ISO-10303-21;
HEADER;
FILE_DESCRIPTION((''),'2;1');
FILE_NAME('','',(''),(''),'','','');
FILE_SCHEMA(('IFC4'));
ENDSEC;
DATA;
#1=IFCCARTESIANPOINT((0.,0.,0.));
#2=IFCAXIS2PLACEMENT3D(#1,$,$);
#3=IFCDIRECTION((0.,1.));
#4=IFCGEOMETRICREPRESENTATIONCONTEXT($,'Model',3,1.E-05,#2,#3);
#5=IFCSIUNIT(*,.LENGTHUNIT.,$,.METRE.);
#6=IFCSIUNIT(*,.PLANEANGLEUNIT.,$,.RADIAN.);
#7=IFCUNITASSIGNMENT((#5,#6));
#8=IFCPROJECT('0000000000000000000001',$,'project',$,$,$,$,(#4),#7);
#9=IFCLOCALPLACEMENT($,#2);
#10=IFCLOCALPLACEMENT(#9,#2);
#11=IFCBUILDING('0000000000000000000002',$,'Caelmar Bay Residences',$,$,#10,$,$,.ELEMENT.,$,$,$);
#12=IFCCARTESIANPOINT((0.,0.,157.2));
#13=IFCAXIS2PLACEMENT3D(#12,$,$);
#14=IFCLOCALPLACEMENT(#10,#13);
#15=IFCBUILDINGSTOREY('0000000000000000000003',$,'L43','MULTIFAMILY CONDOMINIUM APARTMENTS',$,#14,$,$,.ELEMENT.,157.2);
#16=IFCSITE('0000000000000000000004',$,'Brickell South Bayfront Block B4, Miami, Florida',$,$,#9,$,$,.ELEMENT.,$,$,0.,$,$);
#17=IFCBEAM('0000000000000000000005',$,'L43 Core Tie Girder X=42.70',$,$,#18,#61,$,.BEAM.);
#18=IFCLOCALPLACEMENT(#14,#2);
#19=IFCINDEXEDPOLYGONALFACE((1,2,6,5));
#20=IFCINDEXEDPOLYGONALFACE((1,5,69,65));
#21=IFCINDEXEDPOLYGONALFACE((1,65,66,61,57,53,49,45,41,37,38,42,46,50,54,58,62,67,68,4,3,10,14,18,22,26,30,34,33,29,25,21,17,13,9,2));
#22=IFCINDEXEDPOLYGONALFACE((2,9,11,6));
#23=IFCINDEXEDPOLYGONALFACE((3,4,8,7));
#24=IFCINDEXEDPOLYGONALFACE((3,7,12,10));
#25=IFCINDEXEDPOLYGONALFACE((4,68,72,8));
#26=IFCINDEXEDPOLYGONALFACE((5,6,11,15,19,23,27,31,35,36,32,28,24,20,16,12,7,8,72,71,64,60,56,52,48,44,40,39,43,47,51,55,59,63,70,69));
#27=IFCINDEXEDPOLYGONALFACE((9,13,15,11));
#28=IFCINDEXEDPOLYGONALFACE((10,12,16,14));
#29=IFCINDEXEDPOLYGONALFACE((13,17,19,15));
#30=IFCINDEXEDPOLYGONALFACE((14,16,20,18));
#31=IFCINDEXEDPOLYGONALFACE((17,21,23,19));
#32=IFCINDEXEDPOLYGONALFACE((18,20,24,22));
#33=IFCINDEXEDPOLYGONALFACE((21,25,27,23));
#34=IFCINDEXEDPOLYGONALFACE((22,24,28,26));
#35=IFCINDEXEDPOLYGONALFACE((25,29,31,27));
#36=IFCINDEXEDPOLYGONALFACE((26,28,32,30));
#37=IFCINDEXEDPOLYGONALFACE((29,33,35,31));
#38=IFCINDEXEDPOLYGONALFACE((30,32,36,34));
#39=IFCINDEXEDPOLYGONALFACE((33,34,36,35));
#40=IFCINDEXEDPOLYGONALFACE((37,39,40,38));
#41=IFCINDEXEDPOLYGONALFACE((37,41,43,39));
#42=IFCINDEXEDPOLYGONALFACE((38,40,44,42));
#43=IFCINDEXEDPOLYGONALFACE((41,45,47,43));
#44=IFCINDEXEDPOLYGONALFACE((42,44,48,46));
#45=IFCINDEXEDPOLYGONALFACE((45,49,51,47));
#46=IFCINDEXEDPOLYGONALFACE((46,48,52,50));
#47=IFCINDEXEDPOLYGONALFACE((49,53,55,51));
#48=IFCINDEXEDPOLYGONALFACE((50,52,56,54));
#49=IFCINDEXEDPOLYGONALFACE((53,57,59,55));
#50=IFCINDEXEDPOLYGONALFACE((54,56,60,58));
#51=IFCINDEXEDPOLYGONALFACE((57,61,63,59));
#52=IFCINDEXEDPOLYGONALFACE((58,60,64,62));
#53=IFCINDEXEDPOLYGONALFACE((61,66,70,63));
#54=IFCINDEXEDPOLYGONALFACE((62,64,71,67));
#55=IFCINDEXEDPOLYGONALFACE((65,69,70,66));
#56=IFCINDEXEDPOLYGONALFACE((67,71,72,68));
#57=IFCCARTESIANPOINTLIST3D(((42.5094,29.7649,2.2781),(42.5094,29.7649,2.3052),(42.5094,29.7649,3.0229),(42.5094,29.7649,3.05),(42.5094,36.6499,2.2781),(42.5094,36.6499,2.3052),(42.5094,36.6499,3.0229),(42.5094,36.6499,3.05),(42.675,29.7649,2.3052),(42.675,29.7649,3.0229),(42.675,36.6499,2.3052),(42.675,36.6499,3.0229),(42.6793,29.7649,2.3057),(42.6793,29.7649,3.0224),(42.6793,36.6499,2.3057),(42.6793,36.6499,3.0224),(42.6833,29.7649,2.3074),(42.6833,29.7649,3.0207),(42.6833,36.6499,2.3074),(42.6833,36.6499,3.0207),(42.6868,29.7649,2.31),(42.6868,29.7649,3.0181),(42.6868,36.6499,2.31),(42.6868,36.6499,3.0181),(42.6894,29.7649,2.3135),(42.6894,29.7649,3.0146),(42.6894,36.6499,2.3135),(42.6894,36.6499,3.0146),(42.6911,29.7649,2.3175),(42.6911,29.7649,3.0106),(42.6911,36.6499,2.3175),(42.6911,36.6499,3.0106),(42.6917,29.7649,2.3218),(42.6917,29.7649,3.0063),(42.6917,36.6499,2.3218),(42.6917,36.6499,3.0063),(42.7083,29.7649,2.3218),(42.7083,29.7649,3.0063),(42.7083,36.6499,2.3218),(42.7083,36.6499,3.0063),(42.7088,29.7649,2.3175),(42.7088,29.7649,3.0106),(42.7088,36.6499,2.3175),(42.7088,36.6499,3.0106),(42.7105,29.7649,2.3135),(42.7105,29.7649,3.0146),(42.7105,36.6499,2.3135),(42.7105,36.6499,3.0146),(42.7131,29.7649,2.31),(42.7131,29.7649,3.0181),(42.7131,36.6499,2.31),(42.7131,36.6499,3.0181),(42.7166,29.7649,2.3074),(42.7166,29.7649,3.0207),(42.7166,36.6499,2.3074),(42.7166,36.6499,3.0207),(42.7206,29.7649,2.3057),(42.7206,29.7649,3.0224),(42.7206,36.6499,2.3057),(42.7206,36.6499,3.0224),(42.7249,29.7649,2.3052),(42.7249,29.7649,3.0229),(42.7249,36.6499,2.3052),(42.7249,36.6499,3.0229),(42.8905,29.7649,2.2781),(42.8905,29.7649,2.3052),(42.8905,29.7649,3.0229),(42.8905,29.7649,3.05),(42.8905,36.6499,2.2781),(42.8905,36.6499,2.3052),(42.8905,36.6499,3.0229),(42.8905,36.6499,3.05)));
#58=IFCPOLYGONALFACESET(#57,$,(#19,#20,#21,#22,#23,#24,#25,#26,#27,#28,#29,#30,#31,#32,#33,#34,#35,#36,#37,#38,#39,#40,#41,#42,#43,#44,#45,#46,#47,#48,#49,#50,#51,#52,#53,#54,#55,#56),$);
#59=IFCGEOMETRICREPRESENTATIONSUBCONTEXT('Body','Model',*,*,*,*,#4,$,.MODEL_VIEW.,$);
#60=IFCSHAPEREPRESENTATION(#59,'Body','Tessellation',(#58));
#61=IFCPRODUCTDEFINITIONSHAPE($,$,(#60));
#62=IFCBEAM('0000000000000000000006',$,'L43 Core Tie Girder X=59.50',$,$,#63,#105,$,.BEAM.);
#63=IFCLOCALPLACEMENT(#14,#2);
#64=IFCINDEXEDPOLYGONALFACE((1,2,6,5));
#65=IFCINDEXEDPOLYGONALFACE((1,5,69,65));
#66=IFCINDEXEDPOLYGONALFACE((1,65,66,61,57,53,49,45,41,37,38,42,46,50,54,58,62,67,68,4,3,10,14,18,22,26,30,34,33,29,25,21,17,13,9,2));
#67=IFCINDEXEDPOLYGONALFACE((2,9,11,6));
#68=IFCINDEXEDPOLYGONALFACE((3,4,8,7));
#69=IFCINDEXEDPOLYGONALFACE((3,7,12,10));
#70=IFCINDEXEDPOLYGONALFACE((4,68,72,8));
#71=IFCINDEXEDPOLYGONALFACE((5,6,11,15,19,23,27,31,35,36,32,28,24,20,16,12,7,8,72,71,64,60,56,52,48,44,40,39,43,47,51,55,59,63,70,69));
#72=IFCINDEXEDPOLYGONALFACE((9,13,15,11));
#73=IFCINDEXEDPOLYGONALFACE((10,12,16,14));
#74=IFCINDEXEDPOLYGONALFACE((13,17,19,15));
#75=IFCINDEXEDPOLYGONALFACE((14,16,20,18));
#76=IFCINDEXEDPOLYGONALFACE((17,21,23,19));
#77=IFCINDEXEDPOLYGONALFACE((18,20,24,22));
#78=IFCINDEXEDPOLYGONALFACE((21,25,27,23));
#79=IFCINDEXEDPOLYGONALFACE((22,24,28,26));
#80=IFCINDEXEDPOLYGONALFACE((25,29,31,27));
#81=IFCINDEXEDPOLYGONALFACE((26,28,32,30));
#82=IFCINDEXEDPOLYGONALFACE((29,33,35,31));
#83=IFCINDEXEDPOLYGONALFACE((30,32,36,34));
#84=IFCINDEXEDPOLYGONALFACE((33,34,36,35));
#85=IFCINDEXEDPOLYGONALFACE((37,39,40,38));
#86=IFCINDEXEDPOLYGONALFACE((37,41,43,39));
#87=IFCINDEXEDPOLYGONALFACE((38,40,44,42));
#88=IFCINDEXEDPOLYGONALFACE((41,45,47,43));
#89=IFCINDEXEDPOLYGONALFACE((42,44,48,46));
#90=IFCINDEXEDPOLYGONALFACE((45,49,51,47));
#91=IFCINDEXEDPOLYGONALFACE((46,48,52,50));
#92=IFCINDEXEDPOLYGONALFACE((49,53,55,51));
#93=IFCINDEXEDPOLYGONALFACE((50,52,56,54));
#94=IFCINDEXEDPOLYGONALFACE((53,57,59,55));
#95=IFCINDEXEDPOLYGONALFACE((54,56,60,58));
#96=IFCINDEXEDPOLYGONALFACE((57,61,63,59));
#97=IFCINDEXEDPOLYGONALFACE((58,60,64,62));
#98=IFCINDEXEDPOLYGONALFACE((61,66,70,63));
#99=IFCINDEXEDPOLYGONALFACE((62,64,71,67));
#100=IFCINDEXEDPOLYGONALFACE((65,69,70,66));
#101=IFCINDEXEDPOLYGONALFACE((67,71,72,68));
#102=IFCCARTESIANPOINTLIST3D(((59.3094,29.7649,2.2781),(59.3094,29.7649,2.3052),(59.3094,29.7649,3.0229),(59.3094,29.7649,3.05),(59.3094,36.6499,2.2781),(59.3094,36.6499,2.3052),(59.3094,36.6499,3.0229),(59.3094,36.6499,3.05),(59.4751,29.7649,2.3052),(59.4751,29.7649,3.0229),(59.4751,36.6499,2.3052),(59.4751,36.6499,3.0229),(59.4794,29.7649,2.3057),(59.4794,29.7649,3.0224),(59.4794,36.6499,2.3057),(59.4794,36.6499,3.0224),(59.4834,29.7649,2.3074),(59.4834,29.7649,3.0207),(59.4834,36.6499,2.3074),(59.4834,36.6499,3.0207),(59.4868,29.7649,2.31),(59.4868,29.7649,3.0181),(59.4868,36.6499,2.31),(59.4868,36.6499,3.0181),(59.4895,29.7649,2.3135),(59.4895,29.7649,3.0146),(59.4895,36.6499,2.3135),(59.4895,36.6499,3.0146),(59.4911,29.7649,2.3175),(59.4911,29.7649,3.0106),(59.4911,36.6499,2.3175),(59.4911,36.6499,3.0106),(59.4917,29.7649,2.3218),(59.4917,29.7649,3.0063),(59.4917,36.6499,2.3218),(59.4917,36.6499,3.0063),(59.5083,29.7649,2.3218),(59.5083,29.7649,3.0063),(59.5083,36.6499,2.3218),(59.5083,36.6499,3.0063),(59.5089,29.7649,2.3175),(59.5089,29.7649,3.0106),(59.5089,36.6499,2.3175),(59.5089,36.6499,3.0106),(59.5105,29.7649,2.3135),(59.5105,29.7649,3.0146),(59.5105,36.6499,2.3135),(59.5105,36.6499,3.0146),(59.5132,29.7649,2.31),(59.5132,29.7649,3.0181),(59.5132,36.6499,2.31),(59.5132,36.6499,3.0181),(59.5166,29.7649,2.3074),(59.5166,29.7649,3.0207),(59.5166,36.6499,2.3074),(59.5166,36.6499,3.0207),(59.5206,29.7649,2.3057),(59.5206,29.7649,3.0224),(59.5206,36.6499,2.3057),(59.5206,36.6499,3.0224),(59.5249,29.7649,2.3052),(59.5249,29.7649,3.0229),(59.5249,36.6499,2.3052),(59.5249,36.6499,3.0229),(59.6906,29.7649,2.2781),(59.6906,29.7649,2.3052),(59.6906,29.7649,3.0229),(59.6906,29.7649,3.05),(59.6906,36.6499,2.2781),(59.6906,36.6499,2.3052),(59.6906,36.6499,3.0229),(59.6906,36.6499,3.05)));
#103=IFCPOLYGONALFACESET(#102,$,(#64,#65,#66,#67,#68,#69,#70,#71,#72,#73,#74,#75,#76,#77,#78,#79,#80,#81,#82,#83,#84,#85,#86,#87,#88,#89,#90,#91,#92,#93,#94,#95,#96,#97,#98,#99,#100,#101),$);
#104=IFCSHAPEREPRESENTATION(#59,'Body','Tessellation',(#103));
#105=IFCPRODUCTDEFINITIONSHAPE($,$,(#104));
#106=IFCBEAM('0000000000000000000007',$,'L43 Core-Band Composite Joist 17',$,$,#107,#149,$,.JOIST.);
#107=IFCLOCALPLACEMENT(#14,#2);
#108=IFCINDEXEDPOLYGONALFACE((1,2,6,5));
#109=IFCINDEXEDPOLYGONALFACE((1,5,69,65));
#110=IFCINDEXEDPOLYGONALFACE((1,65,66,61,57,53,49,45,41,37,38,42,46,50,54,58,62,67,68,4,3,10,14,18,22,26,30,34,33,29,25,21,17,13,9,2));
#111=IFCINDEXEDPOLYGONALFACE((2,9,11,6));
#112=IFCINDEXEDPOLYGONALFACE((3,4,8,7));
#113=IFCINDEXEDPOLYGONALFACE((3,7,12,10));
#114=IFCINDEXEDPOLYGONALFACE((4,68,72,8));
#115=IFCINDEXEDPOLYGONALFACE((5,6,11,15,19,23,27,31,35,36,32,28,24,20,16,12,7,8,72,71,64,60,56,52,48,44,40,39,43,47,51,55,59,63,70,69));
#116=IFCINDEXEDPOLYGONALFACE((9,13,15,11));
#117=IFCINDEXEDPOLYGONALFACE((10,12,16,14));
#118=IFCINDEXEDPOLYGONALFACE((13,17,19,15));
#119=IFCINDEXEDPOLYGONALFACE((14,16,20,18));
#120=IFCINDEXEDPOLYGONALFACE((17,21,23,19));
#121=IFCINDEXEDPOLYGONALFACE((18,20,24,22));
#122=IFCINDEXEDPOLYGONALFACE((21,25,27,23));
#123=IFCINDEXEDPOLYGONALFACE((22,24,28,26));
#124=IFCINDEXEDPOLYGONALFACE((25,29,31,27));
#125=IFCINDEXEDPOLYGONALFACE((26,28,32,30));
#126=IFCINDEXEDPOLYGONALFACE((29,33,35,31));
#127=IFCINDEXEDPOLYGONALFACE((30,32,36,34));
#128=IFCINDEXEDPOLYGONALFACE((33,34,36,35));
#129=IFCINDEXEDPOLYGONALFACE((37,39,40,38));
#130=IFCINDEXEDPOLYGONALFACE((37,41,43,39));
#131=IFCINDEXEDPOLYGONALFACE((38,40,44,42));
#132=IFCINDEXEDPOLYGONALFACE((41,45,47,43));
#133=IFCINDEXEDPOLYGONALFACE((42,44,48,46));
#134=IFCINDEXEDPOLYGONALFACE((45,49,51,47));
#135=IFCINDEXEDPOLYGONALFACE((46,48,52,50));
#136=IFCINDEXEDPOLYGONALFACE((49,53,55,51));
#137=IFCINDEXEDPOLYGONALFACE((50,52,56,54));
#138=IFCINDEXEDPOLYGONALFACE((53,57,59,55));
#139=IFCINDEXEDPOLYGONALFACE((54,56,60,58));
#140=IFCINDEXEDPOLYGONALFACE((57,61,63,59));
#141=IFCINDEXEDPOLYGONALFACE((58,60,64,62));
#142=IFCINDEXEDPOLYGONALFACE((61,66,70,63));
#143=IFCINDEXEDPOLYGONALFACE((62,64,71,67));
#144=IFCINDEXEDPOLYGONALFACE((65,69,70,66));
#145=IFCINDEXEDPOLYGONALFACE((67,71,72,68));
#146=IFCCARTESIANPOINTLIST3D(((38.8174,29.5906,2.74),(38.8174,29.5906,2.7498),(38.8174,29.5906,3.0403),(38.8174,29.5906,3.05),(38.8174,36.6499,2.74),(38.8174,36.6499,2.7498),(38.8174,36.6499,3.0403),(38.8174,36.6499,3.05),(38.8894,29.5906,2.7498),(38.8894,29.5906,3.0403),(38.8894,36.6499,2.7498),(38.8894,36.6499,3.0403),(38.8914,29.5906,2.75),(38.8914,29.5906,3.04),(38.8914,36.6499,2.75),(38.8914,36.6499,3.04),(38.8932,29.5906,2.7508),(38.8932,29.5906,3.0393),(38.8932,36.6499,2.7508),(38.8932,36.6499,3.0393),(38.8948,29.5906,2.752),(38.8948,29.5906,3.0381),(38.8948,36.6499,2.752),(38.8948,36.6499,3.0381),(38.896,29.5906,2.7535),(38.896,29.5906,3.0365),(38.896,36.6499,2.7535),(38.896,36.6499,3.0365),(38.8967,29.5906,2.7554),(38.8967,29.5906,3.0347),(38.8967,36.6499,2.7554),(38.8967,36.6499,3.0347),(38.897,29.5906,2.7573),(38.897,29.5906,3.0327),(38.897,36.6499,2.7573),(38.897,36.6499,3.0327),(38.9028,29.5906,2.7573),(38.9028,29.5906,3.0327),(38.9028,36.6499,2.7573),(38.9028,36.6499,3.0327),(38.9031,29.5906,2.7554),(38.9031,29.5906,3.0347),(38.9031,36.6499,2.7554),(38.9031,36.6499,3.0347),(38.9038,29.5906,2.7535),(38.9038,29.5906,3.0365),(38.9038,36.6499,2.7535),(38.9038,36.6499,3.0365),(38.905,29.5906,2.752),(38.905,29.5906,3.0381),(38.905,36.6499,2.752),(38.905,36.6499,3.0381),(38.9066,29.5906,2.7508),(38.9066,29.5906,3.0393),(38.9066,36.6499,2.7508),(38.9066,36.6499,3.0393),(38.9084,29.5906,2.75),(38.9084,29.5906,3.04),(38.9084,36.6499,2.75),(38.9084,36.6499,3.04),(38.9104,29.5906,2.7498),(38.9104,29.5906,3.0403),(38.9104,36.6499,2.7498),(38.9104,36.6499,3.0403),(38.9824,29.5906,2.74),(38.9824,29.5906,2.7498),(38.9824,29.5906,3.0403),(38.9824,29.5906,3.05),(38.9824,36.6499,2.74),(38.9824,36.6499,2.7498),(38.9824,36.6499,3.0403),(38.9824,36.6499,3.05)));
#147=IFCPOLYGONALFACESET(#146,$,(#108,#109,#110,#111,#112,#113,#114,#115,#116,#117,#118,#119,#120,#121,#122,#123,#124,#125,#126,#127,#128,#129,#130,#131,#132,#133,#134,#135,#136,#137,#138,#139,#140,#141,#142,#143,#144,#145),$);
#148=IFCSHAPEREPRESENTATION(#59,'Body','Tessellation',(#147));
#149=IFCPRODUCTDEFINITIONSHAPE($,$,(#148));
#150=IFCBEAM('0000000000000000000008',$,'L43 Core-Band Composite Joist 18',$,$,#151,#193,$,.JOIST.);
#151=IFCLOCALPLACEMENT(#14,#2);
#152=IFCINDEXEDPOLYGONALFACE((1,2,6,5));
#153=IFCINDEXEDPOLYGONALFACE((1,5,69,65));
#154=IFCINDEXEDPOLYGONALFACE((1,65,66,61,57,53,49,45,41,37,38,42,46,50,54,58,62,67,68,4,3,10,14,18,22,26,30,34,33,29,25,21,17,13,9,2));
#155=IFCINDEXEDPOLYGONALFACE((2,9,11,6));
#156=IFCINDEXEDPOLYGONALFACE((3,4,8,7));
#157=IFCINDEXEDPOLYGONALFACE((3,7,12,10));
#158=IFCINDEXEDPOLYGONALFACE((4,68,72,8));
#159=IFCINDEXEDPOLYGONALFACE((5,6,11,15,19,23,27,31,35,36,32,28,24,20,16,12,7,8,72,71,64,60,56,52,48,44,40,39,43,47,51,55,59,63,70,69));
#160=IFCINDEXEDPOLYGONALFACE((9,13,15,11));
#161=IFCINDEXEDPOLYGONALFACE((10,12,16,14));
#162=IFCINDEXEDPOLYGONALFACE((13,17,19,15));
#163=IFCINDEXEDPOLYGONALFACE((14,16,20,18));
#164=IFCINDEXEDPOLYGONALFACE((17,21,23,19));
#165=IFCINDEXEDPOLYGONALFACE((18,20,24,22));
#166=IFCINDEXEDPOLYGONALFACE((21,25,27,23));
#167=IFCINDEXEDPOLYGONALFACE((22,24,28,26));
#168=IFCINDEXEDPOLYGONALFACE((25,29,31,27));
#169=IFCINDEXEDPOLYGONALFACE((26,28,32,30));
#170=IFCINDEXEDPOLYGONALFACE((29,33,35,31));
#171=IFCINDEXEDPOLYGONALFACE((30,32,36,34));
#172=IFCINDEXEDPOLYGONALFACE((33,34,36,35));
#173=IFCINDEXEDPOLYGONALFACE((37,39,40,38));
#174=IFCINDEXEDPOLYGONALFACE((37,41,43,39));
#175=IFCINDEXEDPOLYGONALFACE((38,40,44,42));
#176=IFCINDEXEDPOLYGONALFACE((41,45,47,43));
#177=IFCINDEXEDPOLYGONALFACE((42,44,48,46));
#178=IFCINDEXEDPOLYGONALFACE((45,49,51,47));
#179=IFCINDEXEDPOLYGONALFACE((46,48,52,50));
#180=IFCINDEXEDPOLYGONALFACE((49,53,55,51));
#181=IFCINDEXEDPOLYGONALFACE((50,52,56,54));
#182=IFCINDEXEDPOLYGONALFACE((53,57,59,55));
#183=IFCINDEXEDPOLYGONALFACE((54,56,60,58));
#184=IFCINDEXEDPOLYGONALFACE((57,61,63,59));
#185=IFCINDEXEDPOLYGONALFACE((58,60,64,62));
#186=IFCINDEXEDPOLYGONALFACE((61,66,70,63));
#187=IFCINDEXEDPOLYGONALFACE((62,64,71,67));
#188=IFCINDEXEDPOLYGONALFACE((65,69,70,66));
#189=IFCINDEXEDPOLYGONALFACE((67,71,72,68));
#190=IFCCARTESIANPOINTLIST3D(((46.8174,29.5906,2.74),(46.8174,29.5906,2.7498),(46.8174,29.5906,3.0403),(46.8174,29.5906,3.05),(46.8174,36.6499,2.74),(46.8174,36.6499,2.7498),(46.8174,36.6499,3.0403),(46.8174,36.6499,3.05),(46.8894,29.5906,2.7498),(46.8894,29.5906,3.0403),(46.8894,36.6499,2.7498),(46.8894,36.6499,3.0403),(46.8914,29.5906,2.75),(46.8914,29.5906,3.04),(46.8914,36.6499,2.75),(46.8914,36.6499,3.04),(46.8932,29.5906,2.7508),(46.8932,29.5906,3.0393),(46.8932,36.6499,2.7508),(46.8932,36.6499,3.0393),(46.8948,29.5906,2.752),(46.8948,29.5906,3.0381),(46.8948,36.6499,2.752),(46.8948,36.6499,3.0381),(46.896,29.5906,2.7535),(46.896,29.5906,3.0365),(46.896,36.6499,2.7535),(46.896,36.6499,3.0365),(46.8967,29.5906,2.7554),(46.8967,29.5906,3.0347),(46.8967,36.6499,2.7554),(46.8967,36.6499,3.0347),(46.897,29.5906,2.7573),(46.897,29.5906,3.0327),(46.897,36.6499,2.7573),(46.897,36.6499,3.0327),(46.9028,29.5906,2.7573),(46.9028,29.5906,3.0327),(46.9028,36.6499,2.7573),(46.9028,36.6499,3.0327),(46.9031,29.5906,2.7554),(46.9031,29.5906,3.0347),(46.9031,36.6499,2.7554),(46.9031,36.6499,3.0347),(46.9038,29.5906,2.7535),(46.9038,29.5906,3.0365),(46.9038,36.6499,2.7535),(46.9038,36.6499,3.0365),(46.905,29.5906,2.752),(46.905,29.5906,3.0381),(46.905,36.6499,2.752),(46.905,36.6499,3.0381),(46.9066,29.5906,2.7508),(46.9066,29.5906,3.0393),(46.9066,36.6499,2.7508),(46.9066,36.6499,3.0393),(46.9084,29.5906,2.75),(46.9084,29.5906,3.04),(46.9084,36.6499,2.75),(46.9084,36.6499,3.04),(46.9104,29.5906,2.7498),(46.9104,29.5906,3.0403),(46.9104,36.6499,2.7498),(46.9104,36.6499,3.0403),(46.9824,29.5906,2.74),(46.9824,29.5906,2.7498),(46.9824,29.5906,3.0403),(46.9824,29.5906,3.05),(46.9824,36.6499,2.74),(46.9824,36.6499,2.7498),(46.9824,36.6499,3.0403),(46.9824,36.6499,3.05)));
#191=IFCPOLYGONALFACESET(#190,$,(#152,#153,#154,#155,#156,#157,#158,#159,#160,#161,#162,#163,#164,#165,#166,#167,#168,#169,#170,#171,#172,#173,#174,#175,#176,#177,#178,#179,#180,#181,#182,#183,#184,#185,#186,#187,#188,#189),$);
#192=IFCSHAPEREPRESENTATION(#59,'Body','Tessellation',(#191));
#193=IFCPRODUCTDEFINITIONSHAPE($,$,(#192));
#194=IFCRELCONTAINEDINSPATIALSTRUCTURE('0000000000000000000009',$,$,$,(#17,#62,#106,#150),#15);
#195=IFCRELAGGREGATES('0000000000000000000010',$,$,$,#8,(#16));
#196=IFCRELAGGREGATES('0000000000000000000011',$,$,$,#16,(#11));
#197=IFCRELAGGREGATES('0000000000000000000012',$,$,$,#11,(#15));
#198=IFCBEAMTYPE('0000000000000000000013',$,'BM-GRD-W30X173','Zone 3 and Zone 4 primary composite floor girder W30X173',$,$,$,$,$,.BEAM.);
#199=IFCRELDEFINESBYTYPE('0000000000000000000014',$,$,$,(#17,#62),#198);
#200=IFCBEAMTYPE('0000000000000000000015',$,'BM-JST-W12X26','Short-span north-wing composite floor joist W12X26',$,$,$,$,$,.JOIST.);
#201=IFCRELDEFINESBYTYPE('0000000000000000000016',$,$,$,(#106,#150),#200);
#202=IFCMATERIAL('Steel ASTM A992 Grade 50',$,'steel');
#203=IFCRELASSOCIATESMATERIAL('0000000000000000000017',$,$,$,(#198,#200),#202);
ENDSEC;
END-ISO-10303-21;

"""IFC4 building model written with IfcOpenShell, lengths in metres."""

from ifc_helpers import new_model, si_unit, direction, frame, origin, origin_2d, place, context, subcontext, project, spatial, i_section, extrude, material, material_profile, profile_set, type_object, element, save


model = new_model("IFC4")

# Units and contexts
model_context = context("Model", 3, precision=1e-05, world=origin(), true_north=direction((0.0, 1.0)))
body_context = subcontext(model_context, "Body", "Model", "MODEL_VIEW")
ifc_project = project(units=[si_unit("LENGTHUNIT", "METRE"), si_unit("PLANEANGLEUNIT", "RADIAN")], contexts=[model_context])

# Site, building, storey
site_placement = place(None, origin())
site = spatial("IfcSite", under=ifc_project, at=site_placement, Name="Brickell South Bayfront Block B4, Miami, Florida", CompositionType="ELEMENT", RefElevation=0.0)
building_placement = place(site_placement, origin())
building = spatial("IfcBuilding", under=site, at=building_placement, Name="Caelmar Bay Residences", CompositionType="ELEMENT")
storey_placement = place(building_placement, frame((0.0, 0.0, 157.2)))
storey = spatial("IfcBuildingStorey", under=building, at=storey_placement, Name="L43", Description="MULTIFAMILY CONDOMINIUM APARTMENTS", CompositionType="ELEMENT", Elevation=157.2)

# Beams
ifc_material_1 = material(Name="Steel ASTM A992 Grade 50", Category="steel")
ifc_material_profile_1 = material_profile(ifc_material_1, i_section(OverallWidth=0.3811, OverallDepth=0.772, WebThickness=0.0166, FlangeThickness=0.0271, FilletRadius=0.0166, at=origin_2d()), Name="W30X173")
ifc_profile_set_1 = profile_set([ifc_material_profile_1], Name="Steel ASTM A992 Grade 50")
beam_type_1 = type_object("IfcBeamType", Name="BM-GRD-W30X173", Description="Zone 3 and Zone 4 primary composite floor girder W30X173", PredefinedType="BEAM", material=ifc_profile_set_1)
for number, where, z_axis, x_axis, name in (
    (1, (42.7, 29.7649, 2.6641), (0.0, 1.0, 0.0), (-1.0, 0.0, 0.0), "L43 Core Tie Girder X=42.70"),
    (2, (59.5, 29.7649, 2.6641), (0.0, 1.0, 0.0), (-1.0, 0.0, 0.0), "L43 Core Tie Girder X=59.50"),
):
    element("IfcBeam", number, at=place(storey_placement, frame(where, z_axis=z_axis, x_axis=x_axis)), inside=storey, type_object=beam_type_1, Name=name, PredefinedType="BEAM", context=body_context, shape_type="SweptSolid", body=[
        extrude(i_section(OverallWidth=0.3811, OverallDepth=0.772, WebThickness=0.0166, FlangeThickness=0.0271, FilletRadius=0.0166, at=origin_2d()), origin(), (0.0, 0.0, 1.0), 6.885),
    ])
ifc_material_profile_2 = material_profile(ifc_material_1, i_section(OverallWidth=0.165, OverallDepth=0.3101, WebThickness=0.0059, FlangeThickness=0.0098, FilletRadius=0.0076, at=origin_2d()), Name="W12X26")
ifc_profile_set_2 = profile_set([ifc_material_profile_2], Name="Steel ASTM A992 Grade 50")
beam_type_2 = type_object("IfcBeamType", Name="BM-JST-W12X26", Description="Short-span north-wing composite floor joist W12X26", PredefinedType="JOIST", material=ifc_profile_set_2)
for number, where, z_axis, x_axis, name in (
    (3, (38.8999, 29.5906, 2.895), (0.0, 1.0, 0.0), (-1.0, 0.0, 0.0), "L43 Core-Band Composite Joist 17"),
    (4, (46.8999, 29.5906, 2.895), (0.0, 1.0, 0.0), (-1.0, 0.0, 0.0), "L43 Core-Band Composite Joist 18"),
):
    element("IfcBeam", number, at=place(storey_placement, frame(where, z_axis=z_axis, x_axis=x_axis)), inside=storey, type_object=beam_type_2, Name=name, PredefinedType="JOIST", context=body_context, shape_type="SweptSolid", body=[
        extrude(i_section(OverallWidth=0.165, OverallDepth=0.3101, WebThickness=0.0059, FlangeThickness=0.0098, FilletRadius=0.0076, at=origin_2d()), origin(), (0.0, 0.0, 1.0), 7.0593),
    ])

save(model, "model.ifc")
